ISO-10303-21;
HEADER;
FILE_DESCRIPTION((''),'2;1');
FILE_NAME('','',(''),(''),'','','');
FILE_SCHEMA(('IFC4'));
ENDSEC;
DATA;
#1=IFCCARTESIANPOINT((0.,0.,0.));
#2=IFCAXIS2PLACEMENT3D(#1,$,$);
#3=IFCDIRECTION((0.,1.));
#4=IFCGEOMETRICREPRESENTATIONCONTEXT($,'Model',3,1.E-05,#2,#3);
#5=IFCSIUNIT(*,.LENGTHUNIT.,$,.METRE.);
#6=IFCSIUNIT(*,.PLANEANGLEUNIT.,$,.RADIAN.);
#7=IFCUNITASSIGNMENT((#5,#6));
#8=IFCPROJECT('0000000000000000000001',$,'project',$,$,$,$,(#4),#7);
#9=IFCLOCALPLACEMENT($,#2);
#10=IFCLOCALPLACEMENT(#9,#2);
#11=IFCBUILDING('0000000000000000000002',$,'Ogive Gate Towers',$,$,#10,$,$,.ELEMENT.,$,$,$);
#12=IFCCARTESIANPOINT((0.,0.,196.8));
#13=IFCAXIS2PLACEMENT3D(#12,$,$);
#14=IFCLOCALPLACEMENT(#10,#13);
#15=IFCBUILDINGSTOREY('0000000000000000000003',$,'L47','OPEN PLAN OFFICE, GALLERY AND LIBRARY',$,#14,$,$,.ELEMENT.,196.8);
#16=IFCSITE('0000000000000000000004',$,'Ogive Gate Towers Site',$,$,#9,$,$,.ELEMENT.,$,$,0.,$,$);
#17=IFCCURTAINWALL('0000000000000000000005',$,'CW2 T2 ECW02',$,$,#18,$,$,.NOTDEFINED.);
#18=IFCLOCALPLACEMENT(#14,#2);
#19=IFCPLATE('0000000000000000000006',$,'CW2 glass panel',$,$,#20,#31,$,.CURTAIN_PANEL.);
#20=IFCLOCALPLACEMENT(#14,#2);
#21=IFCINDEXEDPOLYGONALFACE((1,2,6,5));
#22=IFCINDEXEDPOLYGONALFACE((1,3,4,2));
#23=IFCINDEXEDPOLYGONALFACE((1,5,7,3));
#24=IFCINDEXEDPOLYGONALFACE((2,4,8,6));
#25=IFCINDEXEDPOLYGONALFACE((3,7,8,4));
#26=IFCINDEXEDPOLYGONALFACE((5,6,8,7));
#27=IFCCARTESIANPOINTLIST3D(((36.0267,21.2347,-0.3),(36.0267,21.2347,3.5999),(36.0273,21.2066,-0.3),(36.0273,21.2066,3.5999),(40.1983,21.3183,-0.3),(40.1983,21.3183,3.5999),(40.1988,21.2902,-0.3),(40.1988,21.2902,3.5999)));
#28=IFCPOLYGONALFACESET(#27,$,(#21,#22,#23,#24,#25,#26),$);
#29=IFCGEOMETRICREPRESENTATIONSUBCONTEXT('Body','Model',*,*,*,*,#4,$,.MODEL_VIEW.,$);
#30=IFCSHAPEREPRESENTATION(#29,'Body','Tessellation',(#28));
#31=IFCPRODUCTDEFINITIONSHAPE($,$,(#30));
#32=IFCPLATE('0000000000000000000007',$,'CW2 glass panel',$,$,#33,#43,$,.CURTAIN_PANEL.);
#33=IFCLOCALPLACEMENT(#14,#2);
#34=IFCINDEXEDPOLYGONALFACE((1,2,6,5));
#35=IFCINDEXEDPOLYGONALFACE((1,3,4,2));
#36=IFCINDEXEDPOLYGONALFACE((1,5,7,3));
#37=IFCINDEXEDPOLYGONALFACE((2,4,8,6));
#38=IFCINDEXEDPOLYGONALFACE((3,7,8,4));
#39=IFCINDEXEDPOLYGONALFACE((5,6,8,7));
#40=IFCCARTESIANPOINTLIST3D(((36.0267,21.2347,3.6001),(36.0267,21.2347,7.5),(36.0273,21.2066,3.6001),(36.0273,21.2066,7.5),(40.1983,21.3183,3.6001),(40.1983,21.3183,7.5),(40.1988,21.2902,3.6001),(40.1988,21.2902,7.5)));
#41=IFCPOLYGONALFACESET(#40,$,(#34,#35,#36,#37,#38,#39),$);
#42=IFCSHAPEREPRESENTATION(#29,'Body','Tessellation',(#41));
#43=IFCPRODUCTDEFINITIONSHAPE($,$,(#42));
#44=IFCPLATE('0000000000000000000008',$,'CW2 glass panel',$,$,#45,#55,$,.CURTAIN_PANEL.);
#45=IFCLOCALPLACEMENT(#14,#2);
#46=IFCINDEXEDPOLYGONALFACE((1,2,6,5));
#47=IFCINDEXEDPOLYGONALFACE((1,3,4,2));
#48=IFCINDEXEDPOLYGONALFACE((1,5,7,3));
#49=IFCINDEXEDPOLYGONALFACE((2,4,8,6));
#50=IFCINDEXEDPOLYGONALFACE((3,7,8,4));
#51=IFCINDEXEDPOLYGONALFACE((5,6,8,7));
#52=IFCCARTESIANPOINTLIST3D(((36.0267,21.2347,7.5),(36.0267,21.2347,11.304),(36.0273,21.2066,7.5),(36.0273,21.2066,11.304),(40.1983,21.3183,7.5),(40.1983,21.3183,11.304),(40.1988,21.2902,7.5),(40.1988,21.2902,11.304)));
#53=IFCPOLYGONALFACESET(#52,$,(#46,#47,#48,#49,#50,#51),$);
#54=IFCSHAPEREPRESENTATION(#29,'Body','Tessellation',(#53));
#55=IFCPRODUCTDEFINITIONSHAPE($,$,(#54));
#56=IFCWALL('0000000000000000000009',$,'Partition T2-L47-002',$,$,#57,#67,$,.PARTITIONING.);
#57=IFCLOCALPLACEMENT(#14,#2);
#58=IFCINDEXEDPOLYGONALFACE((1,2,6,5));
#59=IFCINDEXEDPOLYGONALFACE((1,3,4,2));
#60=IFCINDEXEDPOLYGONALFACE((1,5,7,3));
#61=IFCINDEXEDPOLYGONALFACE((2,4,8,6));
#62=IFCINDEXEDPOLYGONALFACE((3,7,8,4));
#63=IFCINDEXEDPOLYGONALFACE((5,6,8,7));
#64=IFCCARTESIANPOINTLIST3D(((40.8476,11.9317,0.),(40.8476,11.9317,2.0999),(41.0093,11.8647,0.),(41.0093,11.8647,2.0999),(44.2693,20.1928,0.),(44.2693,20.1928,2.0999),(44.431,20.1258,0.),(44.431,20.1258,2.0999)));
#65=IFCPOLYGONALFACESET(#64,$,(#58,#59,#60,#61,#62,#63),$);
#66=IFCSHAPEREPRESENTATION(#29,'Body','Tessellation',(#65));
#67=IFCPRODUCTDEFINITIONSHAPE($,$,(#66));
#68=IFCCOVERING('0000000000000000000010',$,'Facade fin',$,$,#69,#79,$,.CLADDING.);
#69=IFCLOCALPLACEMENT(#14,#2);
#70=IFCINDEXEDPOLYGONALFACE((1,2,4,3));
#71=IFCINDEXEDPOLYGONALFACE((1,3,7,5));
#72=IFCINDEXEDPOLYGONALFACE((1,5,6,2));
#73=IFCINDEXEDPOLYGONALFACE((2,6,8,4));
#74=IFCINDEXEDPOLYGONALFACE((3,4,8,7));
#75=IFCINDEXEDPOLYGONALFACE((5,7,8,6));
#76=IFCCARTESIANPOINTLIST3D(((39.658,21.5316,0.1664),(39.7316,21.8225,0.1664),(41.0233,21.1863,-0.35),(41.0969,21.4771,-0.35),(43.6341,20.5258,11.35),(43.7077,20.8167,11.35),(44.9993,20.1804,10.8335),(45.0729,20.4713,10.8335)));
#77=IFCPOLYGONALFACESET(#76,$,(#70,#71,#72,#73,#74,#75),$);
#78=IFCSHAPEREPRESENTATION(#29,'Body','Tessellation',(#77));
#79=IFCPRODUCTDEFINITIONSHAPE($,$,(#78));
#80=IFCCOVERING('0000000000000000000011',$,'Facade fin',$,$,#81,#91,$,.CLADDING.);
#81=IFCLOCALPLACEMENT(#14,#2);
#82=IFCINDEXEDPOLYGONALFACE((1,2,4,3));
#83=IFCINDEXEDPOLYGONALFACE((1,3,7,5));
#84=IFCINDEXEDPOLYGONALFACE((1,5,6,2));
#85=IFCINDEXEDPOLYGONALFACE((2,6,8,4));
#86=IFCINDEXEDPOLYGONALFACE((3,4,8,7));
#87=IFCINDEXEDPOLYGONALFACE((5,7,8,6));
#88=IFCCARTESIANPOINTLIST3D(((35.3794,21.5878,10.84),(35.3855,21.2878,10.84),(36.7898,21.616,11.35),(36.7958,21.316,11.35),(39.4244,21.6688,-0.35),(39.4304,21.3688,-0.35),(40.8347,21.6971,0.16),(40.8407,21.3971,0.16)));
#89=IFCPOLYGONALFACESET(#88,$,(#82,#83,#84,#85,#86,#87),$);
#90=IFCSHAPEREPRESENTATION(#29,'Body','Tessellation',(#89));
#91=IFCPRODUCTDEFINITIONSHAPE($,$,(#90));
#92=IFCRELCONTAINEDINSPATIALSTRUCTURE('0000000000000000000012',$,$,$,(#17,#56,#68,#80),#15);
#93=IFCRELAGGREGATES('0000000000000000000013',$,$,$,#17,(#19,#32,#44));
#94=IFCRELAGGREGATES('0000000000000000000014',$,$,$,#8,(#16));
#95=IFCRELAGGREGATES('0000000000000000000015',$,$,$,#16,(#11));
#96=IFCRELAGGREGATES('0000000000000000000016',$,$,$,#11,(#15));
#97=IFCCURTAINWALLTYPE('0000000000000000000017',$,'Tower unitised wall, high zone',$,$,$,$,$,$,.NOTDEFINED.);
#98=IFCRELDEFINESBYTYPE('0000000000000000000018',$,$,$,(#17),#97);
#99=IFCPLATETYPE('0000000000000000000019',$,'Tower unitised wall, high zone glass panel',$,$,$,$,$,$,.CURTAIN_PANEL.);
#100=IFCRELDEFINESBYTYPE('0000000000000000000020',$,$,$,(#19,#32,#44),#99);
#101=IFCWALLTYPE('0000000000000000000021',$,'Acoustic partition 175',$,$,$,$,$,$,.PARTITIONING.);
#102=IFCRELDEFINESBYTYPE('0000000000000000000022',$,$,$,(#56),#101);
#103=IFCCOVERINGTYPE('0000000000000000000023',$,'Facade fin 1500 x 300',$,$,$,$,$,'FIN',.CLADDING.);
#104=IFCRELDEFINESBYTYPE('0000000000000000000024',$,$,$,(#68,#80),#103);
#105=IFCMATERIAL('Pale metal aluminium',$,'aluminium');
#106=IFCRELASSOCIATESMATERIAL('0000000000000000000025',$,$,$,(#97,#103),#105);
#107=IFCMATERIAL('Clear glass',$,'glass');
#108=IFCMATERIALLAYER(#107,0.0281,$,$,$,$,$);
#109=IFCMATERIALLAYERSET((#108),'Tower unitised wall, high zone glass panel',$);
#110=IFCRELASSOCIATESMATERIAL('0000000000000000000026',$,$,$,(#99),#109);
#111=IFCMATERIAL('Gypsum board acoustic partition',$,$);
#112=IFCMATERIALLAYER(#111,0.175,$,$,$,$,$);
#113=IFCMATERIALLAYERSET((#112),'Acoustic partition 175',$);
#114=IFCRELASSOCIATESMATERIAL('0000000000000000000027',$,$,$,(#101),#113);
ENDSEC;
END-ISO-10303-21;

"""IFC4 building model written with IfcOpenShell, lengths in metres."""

from ifc_helpers import new_model, si_unit, direction, frame, frame_2d, origin, origin_2d, place, context, subcontext, project, spatial, rectangle, extrude, material, layer, layer_set, material_profile, profile_set, type_object, element, aggregate, save


model = new_model("IFC4")

# Units and contexts
model_context = context("Model", 3, precision=1e-05, world=origin(), true_north=direction((0.0, 1.0)))
body_context = subcontext(model_context, "Body", "Model", "MODEL_VIEW")
ifc_project = project(units=[si_unit("LENGTHUNIT", "METRE"), si_unit("PLANEANGLEUNIT", "RADIAN")], contexts=[model_context])

# Site, building, storey
site_placement = place(None, origin())
site = spatial("IfcSite", under=ifc_project, at=site_placement, Name="Ogive Gate Towers Site", CompositionType="ELEMENT", RefElevation=0.0)
building_placement = place(site_placement, origin())
building = spatial("IfcBuilding", under=site, at=building_placement, Name="Ogive Gate Towers", CompositionType="ELEMENT")
storey_placement = place(building_placement, frame((0.0, 0.0, 196.8)))
storey = spatial("IfcBuildingStorey", under=building, at=storey_placement, Name="L47", Description="OPEN PLAN OFFICE, GALLERY AND LIBRARY", CompositionType="ELEMENT", Elevation=196.8)

# Curtain wall
ifc_material_1 = material(Name="Pale metal aluminium", Category="aluminium")
curtain_wall_type = type_object("IfcCurtainWallType", Name="Tower unitised wall, high zone", PredefinedType="NOTDEFINED", material=ifc_material_1)
curtain_wall_1_placement = place(storey_placement, origin())
curtain_wall_1 = element("IfcCurtainWall", 1, at=curtain_wall_1_placement, inside=storey, type_object=curtain_wall_type, Name="CW2 T2 ECW02", PredefinedType="NOTDEFINED")

# Plates
ifc_material_2 = material(Name="Clear glass", Category="glass")
ifc_layer_1 = layer(ifc_material_2, 0.0281)
ifc_layer_set_1 = layer_set([ifc_layer_1], Name="Tower unitised wall, high zone glass panel")
plate_type = type_object("IfcPlateType", Name="Tower unitised wall, high zone glass panel", PredefinedType="CURTAIN_PANEL", material=ifc_layer_set_1)
plate_1_placement = place(storey_placement, frame((38.1128, 21.2625, -0.3), z_axis=(0.0, 0.0, 1.0), x_axis=(-0.999799, -0.020052, 0.0)))
plate_1 = element("IfcPlate", 2, at=plate_1_placement, type_object=plate_type, Name="CW2 glass panel", PredefinedType="CURTAIN_PANEL", context=body_context, shape_type="SweptSolid", body=[
    extrude(rectangle(XDim=4.1724, YDim=0.0281, at=origin_2d()), origin(), (0.0, 0.0, 1.0), 3.8999),
])
plate_2_placement = place(storey_placement, frame((38.1128, 21.2625, 3.6001), z_axis=(0.0, 0.0, 1.0), x_axis=(-0.999799, -0.020052, 0.0)))
plate_2 = element("IfcPlate", 3, at=plate_2_placement, type_object=plate_type, Name="CW2 glass panel", PredefinedType="CURTAIN_PANEL", context=body_context, shape_type="SweptSolid", body=[
    extrude(rectangle(XDim=4.1724, YDim=0.0281, at=origin_2d()), origin(), (0.0, 0.0, 1.0), 3.8999),
])
plate_3_placement = place(storey_placement, frame((38.1128, 21.2625, 7.5), z_axis=(0.0, 0.0, 1.0), x_axis=(-0.999799, -0.020052, 0.0)))
plate_3 = element("IfcPlate", 4, at=plate_3_placement, type_object=plate_type, Name="CW2 glass panel", PredefinedType="CURTAIN_PANEL", context=body_context, shape_type="SweptSolid", body=[
    extrude(rectangle(XDim=4.1724, YDim=0.0281, at=origin_2d()), origin(), (0.0, 0.0, 1.0), 3.804),
])
aggregate(curtain_wall_1, [plate_1, plate_2, plate_3])

# Wall
ifc_material_3 = material(Name="Gypsum board acoustic partition")
ifc_layer_2 = layer(ifc_material_3, 0.175)
ifc_layer_set_2 = layer_set([ifc_layer_2], Name="Acoustic partition 175")
wall_type = type_object("IfcWallType", Name="Acoustic partition 175", PredefinedType="PARTITIONING", material=ifc_layer_set_2)
wall_placement = place(storey_placement, frame((44.3501, 20.1592, 0.0), z_axis=(0.0, 0.0, 1.0), x_axis=(-0.382666, -0.923887, 0.0)))
element("IfcWall", 5, at=wall_placement, inside=storey, type_object=wall_type, Name="Partition T2-L47-002", PredefinedType="PARTITIONING", context=body_context, shape_type="SweptSolid", body=[
    extrude(rectangle(XDim=8.9417, YDim=0.175, at=frame_2d((4.4707, 0.0))), origin(), (0.0, 0.0, 1.0), 2.0999),
])

# Coverings
ifc_material_profile_1 = material_profile(ifc_material_1, rectangle(XDim=0.3, YDim=1.5, at=origin_2d()), Name="1500 x 300 pale metal aluminium")
ifc_profile_set_1 = profile_set([ifc_material_profile_1], Name="Pale metal aluminium")
covering_type = type_object("IfcCoveringType", Name="Facade fin 1500 x 300", ElementType="FIN", PredefinedType="CLADDING", material=ifc_profile_set_1)
covering_1_placement = place(storey_placement, frame((40.3774, 21.5044, -0.0918), z_axis=(0.33379, -0.084441, 0.938858), x_axis=(0.245252, 0.969459, 0.0)))
element("IfcCovering", 6, at=covering_1_placement, inside=storey, type_object=covering_type, Name="Facade fin", PredefinedType="CLADDING", context=body_context, shape_type="SweptSolid", body=[
    extrude(rectangle(XDim=0.3, YDim=1.5, at=origin_2d()), origin(), (0.0, 0.0, 1.0), 11.9119),
])
covering_2_placement = place(storey_placement, frame((40.1326, 21.533, -0.095), z_axis=(-0.339942, -0.006812, 0.940422), x_axis=(0.020035, -0.999799, 0.0)))
element("IfcCovering", 7, at=covering_2_placement, inside=storey, type_object=covering_type, Name="Facade fin", PredefinedType="CLADDING", context=body_context, shape_type="SweptSolid", body=[
    extrude(rectangle(XDim=0.3, YDim=1.5, at=origin_2d()), origin(), (0.0, 0.0, 1.0), 11.8989),
])

save(model, "model.ifc")
